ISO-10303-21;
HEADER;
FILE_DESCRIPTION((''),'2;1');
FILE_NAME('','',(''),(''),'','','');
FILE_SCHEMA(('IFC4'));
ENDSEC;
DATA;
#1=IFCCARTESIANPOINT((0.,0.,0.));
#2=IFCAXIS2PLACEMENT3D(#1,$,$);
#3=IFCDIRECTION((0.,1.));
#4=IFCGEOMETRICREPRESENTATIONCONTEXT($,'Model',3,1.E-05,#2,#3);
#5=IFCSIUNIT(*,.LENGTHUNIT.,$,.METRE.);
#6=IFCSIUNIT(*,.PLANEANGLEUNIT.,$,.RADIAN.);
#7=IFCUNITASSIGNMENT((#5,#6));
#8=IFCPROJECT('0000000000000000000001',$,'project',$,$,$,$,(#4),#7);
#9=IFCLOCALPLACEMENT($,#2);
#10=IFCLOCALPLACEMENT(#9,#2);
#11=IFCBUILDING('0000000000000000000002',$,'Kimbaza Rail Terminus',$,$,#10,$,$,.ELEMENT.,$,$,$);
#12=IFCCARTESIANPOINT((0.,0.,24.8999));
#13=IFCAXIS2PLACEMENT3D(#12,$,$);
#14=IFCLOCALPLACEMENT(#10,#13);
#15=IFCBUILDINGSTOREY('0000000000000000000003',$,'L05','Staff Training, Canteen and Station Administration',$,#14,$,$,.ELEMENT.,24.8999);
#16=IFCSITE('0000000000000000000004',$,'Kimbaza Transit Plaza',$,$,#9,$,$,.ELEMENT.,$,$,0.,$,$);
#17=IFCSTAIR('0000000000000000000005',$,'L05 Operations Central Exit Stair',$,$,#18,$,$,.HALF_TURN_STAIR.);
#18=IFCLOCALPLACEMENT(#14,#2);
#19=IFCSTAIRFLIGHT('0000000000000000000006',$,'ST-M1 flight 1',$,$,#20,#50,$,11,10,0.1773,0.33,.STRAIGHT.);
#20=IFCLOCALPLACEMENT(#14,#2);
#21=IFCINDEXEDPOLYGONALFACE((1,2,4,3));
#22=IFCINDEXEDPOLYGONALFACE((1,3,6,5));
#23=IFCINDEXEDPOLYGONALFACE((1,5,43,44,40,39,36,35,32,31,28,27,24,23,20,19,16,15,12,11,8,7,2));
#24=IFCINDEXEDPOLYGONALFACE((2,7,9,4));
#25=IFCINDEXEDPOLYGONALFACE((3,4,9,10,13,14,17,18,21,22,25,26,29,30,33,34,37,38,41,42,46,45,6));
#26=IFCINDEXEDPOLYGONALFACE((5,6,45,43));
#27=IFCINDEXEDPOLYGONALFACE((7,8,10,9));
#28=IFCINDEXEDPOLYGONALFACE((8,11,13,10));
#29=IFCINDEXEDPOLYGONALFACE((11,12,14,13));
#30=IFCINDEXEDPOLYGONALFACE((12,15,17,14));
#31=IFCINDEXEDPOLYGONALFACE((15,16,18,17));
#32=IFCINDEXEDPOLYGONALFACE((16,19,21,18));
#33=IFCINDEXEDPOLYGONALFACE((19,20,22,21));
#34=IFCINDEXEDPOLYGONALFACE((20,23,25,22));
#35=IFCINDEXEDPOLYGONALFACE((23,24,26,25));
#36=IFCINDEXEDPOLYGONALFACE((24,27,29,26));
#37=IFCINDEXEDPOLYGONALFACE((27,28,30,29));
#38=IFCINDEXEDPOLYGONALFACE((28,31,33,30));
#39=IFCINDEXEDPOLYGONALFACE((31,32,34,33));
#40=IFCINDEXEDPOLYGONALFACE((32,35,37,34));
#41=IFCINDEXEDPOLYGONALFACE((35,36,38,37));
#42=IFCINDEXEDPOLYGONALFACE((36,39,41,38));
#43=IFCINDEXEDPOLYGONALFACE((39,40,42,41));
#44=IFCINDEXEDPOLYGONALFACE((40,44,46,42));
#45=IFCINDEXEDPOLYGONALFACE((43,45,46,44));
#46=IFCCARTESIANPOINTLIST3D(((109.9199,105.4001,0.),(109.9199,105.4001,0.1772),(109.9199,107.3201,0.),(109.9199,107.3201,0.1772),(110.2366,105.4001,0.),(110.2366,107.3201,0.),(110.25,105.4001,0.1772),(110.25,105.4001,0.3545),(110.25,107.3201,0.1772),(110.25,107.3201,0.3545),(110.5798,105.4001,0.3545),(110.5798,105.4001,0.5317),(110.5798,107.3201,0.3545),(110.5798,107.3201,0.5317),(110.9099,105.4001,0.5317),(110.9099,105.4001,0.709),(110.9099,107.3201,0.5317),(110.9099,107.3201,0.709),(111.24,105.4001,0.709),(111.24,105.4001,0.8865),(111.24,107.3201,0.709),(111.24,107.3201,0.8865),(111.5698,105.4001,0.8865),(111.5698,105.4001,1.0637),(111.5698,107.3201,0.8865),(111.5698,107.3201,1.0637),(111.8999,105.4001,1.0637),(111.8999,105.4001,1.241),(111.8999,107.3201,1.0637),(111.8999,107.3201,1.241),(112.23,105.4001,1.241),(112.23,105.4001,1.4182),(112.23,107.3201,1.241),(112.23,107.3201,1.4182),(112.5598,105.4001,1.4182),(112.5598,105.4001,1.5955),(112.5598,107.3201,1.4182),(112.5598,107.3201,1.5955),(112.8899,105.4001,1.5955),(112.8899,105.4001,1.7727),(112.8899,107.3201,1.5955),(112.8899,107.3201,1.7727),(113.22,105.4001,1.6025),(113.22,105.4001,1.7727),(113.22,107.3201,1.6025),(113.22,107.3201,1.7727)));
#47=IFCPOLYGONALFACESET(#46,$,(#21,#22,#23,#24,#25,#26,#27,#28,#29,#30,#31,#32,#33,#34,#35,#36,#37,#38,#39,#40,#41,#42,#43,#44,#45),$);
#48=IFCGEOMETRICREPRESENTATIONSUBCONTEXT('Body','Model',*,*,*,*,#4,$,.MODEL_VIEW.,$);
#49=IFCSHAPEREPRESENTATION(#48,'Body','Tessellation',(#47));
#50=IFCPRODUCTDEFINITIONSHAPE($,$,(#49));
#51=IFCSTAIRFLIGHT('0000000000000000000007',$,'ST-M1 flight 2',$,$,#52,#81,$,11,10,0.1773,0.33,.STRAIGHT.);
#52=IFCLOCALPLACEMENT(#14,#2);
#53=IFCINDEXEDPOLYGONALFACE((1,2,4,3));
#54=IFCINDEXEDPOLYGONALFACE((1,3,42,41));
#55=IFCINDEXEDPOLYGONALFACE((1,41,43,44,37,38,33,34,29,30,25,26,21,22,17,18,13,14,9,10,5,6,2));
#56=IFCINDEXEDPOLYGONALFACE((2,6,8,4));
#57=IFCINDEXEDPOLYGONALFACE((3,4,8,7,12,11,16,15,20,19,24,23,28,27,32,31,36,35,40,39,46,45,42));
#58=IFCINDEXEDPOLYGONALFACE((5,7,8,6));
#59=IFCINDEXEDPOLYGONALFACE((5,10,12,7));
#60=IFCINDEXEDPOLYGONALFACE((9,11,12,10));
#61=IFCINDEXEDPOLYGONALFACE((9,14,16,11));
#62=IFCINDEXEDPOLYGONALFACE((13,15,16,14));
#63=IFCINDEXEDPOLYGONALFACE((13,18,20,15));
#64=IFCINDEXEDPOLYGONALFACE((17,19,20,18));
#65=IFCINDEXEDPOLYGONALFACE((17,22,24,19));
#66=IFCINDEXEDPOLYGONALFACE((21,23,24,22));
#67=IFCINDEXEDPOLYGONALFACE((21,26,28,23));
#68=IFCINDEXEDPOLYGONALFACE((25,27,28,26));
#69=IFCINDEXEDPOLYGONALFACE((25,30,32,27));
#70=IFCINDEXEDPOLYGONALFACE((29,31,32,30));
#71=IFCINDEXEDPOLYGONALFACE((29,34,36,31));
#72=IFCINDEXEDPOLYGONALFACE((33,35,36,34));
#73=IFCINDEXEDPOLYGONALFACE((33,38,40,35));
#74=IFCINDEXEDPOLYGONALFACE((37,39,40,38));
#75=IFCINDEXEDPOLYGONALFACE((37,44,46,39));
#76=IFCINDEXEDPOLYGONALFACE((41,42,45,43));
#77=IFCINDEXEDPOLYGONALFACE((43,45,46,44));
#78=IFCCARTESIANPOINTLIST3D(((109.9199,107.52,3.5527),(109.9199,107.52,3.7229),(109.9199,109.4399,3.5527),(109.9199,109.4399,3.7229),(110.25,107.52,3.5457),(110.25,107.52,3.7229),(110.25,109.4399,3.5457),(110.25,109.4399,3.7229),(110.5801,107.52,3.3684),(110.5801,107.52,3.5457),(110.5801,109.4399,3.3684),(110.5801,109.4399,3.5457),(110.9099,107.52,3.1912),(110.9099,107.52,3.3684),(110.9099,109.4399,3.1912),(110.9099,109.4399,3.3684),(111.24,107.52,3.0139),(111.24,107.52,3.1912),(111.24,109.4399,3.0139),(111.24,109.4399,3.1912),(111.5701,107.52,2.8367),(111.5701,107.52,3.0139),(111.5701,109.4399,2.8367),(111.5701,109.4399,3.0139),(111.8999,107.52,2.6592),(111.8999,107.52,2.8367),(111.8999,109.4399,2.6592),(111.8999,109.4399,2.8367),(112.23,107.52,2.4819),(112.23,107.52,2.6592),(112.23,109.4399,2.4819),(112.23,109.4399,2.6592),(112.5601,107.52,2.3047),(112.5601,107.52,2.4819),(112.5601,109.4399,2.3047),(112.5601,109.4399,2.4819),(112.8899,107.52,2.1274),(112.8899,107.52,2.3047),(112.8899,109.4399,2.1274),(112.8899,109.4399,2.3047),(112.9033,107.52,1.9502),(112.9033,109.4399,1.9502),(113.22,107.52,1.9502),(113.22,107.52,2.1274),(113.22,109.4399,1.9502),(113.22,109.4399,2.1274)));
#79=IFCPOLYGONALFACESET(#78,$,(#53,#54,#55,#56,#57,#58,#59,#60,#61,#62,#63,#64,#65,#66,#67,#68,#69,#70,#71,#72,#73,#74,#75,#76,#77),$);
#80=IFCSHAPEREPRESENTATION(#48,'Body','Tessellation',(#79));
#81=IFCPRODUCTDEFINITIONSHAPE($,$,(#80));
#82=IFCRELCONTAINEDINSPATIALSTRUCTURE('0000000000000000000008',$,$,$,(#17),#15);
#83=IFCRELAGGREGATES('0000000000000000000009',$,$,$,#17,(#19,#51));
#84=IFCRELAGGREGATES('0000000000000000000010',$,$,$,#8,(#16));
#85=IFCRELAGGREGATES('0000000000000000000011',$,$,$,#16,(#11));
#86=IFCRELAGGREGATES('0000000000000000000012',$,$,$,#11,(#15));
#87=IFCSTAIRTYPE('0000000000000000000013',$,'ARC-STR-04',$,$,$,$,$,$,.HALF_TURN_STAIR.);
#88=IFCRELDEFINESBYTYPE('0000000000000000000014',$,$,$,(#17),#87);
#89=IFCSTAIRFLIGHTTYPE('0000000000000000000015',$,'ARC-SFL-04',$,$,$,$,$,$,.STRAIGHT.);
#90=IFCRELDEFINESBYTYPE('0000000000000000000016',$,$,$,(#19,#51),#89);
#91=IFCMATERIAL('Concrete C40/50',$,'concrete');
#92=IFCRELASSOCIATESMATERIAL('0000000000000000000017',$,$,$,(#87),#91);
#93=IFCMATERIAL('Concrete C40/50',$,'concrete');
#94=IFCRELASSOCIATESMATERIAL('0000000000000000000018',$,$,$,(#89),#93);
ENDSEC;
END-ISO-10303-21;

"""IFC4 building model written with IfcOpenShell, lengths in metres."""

from ifc_helpers import new_model, si_unit, direction, frame, origin, place, context, subcontext, project, spatial, polyline, outline, extrude, material, type_object, element, aggregate, save


model = new_model("IFC4")

# Units and contexts
model_context = context("Model", 3, precision=1e-05, world=origin(), true_north=direction((0.0, 1.0)))
body_context = subcontext(model_context, "Body", "Model", "MODEL_VIEW")
ifc_project = project(units=[si_unit("LENGTHUNIT", "METRE"), si_unit("PLANEANGLEUNIT", "RADIAN")], contexts=[model_context])

# Site, building, storey
site_placement = place(None, origin())
site = spatial("IfcSite", under=ifc_project, at=site_placement, Name="Kimbaza Transit Plaza", CompositionType="ELEMENT", RefElevation=0.0)
building_placement = place(site_placement, origin())
building = spatial("IfcBuilding", under=site, at=building_placement, Name="Kimbaza Rail Terminus", CompositionType="ELEMENT")
storey_placement = place(building_placement, frame((0.0, 0.0, 24.8999)))
storey = spatial("IfcBuildingStorey", under=building, at=storey_placement, Name="L05", Description="Staff Training, Canteen and Station Administration", CompositionType="ELEMENT", Elevation=24.8999)

# Stair, stair flights
ifc_material_1 = material(Name="Concrete C40/50", Category="concrete")
stair_type = type_object("IfcStairType", Name="ARC-STR-04", PredefinedType="HALF_TURN_STAIR", material=ifc_material_1)
stair_placement = place(storey_placement, origin())
stair = element("IfcStair", 1, at=stair_placement, inside=storey, type_object=stair_type, Name="L05 Operations Central Exit Stair", PredefinedType="HALF_TURN_STAIR")
ifc_material_2 = material(Name="Concrete C40/50", Category="concrete")
stair_flight_type = type_object("IfcStairFlightType", Name="ARC-SFL-04", PredefinedType="STRAIGHT", material=ifc_material_2)
stair_flight_1_placement = place(storey_placement, frame((109.9199, 106.3601, 0.0), z_axis=(0.0, 0.0, 1.0), x_axis=(1.0, 0.0, 0.0)))
stair_flight_1 = element("IfcStairFlight", 2, at=stair_flight_1_placement, type_object=stair_flight_type, Name="ST-M1 flight 1", NumberOfRisers=11, NumberOfTreads=10, PredefinedType="STRAIGHT", RiserHeight=0.1773, TreadLength=0.33, context=body_context, shape_type="SweptSolid", body=[
    extrude(outline(polyline([(0.0, 0.0), (0.0, 0.1772), (0.3301, 0.1772), (0.3301, 0.3545), (0.6599, 0.3545), (0.6599, 0.5317), (0.99, 0.5317), (0.99, 0.709), (1.3201, 0.709), (1.3201, 0.8865), (1.6499, 0.8865), (1.6499, 1.0637), (1.98, 1.0637), (1.98, 1.241), (2.3101, 1.241), (2.3101, 1.4182), (2.6399, 1.4182), (2.6399, 1.5955), (2.97, 1.5955), (2.97, 1.7727), (3.3, 1.7727), (3.3, 1.95), (3.3, 1.6025), (0.3167, 0.0), (0.0, 0.0)])), frame((0.0, 0.96, 0.0), z_axis=(0.0, -1.0, 0.0), x_axis=(1.0, 0.0, 0.0)), (0.0, 0.0, 1.0), 1.9199),
])
stair_flight_2_placement = place(storey_placement, frame((113.22, 108.48, 1.9502), z_axis=(0.0, 0.0, 1.0), x_axis=(-1.0, 0.0, 0.0)))
stair_flight_2 = element("IfcStairFlight", 3, at=stair_flight_2_placement, type_object=stair_flight_type, Name="ST-M1 flight 2", NumberOfRisers=11, NumberOfTreads=10, PredefinedType="STRAIGHT", RiserHeight=0.1773, TreadLength=0.33, context=body_context, shape_type="SweptSolid", body=[
    extrude(outline(polyline([(0.0, 0.0), (0.0, 0.1772), (0.3301, 0.1772), (0.3301, 0.3545), (0.6599, 0.3545), (0.6599, 0.5317), (0.99, 0.5317), (0.99, 0.709), (1.3201, 0.709), (1.3201, 0.8865), (1.6499, 0.8865), (1.6499, 1.0637), (1.98, 1.0637), (1.98, 1.241), (2.3101, 1.241), (2.3101, 1.4182), (2.6399, 1.4182), (2.6399, 1.5955), (2.97, 1.5955), (2.97, 1.7727), (3.3, 1.7727), (3.3, 1.95), (3.3, 1.6025), (0.3167, 0.0), (0.0, 0.0)])), frame((0.0, 0.96, 0.0), z_axis=(0.0, -1.0, 0.0), x_axis=(1.0, 0.0, 0.0)), (0.0, 0.0, 1.0), 1.9199),
])
aggregate(stair, [stair_flight_1, stair_flight_2])

save(model, "model.ifc")
